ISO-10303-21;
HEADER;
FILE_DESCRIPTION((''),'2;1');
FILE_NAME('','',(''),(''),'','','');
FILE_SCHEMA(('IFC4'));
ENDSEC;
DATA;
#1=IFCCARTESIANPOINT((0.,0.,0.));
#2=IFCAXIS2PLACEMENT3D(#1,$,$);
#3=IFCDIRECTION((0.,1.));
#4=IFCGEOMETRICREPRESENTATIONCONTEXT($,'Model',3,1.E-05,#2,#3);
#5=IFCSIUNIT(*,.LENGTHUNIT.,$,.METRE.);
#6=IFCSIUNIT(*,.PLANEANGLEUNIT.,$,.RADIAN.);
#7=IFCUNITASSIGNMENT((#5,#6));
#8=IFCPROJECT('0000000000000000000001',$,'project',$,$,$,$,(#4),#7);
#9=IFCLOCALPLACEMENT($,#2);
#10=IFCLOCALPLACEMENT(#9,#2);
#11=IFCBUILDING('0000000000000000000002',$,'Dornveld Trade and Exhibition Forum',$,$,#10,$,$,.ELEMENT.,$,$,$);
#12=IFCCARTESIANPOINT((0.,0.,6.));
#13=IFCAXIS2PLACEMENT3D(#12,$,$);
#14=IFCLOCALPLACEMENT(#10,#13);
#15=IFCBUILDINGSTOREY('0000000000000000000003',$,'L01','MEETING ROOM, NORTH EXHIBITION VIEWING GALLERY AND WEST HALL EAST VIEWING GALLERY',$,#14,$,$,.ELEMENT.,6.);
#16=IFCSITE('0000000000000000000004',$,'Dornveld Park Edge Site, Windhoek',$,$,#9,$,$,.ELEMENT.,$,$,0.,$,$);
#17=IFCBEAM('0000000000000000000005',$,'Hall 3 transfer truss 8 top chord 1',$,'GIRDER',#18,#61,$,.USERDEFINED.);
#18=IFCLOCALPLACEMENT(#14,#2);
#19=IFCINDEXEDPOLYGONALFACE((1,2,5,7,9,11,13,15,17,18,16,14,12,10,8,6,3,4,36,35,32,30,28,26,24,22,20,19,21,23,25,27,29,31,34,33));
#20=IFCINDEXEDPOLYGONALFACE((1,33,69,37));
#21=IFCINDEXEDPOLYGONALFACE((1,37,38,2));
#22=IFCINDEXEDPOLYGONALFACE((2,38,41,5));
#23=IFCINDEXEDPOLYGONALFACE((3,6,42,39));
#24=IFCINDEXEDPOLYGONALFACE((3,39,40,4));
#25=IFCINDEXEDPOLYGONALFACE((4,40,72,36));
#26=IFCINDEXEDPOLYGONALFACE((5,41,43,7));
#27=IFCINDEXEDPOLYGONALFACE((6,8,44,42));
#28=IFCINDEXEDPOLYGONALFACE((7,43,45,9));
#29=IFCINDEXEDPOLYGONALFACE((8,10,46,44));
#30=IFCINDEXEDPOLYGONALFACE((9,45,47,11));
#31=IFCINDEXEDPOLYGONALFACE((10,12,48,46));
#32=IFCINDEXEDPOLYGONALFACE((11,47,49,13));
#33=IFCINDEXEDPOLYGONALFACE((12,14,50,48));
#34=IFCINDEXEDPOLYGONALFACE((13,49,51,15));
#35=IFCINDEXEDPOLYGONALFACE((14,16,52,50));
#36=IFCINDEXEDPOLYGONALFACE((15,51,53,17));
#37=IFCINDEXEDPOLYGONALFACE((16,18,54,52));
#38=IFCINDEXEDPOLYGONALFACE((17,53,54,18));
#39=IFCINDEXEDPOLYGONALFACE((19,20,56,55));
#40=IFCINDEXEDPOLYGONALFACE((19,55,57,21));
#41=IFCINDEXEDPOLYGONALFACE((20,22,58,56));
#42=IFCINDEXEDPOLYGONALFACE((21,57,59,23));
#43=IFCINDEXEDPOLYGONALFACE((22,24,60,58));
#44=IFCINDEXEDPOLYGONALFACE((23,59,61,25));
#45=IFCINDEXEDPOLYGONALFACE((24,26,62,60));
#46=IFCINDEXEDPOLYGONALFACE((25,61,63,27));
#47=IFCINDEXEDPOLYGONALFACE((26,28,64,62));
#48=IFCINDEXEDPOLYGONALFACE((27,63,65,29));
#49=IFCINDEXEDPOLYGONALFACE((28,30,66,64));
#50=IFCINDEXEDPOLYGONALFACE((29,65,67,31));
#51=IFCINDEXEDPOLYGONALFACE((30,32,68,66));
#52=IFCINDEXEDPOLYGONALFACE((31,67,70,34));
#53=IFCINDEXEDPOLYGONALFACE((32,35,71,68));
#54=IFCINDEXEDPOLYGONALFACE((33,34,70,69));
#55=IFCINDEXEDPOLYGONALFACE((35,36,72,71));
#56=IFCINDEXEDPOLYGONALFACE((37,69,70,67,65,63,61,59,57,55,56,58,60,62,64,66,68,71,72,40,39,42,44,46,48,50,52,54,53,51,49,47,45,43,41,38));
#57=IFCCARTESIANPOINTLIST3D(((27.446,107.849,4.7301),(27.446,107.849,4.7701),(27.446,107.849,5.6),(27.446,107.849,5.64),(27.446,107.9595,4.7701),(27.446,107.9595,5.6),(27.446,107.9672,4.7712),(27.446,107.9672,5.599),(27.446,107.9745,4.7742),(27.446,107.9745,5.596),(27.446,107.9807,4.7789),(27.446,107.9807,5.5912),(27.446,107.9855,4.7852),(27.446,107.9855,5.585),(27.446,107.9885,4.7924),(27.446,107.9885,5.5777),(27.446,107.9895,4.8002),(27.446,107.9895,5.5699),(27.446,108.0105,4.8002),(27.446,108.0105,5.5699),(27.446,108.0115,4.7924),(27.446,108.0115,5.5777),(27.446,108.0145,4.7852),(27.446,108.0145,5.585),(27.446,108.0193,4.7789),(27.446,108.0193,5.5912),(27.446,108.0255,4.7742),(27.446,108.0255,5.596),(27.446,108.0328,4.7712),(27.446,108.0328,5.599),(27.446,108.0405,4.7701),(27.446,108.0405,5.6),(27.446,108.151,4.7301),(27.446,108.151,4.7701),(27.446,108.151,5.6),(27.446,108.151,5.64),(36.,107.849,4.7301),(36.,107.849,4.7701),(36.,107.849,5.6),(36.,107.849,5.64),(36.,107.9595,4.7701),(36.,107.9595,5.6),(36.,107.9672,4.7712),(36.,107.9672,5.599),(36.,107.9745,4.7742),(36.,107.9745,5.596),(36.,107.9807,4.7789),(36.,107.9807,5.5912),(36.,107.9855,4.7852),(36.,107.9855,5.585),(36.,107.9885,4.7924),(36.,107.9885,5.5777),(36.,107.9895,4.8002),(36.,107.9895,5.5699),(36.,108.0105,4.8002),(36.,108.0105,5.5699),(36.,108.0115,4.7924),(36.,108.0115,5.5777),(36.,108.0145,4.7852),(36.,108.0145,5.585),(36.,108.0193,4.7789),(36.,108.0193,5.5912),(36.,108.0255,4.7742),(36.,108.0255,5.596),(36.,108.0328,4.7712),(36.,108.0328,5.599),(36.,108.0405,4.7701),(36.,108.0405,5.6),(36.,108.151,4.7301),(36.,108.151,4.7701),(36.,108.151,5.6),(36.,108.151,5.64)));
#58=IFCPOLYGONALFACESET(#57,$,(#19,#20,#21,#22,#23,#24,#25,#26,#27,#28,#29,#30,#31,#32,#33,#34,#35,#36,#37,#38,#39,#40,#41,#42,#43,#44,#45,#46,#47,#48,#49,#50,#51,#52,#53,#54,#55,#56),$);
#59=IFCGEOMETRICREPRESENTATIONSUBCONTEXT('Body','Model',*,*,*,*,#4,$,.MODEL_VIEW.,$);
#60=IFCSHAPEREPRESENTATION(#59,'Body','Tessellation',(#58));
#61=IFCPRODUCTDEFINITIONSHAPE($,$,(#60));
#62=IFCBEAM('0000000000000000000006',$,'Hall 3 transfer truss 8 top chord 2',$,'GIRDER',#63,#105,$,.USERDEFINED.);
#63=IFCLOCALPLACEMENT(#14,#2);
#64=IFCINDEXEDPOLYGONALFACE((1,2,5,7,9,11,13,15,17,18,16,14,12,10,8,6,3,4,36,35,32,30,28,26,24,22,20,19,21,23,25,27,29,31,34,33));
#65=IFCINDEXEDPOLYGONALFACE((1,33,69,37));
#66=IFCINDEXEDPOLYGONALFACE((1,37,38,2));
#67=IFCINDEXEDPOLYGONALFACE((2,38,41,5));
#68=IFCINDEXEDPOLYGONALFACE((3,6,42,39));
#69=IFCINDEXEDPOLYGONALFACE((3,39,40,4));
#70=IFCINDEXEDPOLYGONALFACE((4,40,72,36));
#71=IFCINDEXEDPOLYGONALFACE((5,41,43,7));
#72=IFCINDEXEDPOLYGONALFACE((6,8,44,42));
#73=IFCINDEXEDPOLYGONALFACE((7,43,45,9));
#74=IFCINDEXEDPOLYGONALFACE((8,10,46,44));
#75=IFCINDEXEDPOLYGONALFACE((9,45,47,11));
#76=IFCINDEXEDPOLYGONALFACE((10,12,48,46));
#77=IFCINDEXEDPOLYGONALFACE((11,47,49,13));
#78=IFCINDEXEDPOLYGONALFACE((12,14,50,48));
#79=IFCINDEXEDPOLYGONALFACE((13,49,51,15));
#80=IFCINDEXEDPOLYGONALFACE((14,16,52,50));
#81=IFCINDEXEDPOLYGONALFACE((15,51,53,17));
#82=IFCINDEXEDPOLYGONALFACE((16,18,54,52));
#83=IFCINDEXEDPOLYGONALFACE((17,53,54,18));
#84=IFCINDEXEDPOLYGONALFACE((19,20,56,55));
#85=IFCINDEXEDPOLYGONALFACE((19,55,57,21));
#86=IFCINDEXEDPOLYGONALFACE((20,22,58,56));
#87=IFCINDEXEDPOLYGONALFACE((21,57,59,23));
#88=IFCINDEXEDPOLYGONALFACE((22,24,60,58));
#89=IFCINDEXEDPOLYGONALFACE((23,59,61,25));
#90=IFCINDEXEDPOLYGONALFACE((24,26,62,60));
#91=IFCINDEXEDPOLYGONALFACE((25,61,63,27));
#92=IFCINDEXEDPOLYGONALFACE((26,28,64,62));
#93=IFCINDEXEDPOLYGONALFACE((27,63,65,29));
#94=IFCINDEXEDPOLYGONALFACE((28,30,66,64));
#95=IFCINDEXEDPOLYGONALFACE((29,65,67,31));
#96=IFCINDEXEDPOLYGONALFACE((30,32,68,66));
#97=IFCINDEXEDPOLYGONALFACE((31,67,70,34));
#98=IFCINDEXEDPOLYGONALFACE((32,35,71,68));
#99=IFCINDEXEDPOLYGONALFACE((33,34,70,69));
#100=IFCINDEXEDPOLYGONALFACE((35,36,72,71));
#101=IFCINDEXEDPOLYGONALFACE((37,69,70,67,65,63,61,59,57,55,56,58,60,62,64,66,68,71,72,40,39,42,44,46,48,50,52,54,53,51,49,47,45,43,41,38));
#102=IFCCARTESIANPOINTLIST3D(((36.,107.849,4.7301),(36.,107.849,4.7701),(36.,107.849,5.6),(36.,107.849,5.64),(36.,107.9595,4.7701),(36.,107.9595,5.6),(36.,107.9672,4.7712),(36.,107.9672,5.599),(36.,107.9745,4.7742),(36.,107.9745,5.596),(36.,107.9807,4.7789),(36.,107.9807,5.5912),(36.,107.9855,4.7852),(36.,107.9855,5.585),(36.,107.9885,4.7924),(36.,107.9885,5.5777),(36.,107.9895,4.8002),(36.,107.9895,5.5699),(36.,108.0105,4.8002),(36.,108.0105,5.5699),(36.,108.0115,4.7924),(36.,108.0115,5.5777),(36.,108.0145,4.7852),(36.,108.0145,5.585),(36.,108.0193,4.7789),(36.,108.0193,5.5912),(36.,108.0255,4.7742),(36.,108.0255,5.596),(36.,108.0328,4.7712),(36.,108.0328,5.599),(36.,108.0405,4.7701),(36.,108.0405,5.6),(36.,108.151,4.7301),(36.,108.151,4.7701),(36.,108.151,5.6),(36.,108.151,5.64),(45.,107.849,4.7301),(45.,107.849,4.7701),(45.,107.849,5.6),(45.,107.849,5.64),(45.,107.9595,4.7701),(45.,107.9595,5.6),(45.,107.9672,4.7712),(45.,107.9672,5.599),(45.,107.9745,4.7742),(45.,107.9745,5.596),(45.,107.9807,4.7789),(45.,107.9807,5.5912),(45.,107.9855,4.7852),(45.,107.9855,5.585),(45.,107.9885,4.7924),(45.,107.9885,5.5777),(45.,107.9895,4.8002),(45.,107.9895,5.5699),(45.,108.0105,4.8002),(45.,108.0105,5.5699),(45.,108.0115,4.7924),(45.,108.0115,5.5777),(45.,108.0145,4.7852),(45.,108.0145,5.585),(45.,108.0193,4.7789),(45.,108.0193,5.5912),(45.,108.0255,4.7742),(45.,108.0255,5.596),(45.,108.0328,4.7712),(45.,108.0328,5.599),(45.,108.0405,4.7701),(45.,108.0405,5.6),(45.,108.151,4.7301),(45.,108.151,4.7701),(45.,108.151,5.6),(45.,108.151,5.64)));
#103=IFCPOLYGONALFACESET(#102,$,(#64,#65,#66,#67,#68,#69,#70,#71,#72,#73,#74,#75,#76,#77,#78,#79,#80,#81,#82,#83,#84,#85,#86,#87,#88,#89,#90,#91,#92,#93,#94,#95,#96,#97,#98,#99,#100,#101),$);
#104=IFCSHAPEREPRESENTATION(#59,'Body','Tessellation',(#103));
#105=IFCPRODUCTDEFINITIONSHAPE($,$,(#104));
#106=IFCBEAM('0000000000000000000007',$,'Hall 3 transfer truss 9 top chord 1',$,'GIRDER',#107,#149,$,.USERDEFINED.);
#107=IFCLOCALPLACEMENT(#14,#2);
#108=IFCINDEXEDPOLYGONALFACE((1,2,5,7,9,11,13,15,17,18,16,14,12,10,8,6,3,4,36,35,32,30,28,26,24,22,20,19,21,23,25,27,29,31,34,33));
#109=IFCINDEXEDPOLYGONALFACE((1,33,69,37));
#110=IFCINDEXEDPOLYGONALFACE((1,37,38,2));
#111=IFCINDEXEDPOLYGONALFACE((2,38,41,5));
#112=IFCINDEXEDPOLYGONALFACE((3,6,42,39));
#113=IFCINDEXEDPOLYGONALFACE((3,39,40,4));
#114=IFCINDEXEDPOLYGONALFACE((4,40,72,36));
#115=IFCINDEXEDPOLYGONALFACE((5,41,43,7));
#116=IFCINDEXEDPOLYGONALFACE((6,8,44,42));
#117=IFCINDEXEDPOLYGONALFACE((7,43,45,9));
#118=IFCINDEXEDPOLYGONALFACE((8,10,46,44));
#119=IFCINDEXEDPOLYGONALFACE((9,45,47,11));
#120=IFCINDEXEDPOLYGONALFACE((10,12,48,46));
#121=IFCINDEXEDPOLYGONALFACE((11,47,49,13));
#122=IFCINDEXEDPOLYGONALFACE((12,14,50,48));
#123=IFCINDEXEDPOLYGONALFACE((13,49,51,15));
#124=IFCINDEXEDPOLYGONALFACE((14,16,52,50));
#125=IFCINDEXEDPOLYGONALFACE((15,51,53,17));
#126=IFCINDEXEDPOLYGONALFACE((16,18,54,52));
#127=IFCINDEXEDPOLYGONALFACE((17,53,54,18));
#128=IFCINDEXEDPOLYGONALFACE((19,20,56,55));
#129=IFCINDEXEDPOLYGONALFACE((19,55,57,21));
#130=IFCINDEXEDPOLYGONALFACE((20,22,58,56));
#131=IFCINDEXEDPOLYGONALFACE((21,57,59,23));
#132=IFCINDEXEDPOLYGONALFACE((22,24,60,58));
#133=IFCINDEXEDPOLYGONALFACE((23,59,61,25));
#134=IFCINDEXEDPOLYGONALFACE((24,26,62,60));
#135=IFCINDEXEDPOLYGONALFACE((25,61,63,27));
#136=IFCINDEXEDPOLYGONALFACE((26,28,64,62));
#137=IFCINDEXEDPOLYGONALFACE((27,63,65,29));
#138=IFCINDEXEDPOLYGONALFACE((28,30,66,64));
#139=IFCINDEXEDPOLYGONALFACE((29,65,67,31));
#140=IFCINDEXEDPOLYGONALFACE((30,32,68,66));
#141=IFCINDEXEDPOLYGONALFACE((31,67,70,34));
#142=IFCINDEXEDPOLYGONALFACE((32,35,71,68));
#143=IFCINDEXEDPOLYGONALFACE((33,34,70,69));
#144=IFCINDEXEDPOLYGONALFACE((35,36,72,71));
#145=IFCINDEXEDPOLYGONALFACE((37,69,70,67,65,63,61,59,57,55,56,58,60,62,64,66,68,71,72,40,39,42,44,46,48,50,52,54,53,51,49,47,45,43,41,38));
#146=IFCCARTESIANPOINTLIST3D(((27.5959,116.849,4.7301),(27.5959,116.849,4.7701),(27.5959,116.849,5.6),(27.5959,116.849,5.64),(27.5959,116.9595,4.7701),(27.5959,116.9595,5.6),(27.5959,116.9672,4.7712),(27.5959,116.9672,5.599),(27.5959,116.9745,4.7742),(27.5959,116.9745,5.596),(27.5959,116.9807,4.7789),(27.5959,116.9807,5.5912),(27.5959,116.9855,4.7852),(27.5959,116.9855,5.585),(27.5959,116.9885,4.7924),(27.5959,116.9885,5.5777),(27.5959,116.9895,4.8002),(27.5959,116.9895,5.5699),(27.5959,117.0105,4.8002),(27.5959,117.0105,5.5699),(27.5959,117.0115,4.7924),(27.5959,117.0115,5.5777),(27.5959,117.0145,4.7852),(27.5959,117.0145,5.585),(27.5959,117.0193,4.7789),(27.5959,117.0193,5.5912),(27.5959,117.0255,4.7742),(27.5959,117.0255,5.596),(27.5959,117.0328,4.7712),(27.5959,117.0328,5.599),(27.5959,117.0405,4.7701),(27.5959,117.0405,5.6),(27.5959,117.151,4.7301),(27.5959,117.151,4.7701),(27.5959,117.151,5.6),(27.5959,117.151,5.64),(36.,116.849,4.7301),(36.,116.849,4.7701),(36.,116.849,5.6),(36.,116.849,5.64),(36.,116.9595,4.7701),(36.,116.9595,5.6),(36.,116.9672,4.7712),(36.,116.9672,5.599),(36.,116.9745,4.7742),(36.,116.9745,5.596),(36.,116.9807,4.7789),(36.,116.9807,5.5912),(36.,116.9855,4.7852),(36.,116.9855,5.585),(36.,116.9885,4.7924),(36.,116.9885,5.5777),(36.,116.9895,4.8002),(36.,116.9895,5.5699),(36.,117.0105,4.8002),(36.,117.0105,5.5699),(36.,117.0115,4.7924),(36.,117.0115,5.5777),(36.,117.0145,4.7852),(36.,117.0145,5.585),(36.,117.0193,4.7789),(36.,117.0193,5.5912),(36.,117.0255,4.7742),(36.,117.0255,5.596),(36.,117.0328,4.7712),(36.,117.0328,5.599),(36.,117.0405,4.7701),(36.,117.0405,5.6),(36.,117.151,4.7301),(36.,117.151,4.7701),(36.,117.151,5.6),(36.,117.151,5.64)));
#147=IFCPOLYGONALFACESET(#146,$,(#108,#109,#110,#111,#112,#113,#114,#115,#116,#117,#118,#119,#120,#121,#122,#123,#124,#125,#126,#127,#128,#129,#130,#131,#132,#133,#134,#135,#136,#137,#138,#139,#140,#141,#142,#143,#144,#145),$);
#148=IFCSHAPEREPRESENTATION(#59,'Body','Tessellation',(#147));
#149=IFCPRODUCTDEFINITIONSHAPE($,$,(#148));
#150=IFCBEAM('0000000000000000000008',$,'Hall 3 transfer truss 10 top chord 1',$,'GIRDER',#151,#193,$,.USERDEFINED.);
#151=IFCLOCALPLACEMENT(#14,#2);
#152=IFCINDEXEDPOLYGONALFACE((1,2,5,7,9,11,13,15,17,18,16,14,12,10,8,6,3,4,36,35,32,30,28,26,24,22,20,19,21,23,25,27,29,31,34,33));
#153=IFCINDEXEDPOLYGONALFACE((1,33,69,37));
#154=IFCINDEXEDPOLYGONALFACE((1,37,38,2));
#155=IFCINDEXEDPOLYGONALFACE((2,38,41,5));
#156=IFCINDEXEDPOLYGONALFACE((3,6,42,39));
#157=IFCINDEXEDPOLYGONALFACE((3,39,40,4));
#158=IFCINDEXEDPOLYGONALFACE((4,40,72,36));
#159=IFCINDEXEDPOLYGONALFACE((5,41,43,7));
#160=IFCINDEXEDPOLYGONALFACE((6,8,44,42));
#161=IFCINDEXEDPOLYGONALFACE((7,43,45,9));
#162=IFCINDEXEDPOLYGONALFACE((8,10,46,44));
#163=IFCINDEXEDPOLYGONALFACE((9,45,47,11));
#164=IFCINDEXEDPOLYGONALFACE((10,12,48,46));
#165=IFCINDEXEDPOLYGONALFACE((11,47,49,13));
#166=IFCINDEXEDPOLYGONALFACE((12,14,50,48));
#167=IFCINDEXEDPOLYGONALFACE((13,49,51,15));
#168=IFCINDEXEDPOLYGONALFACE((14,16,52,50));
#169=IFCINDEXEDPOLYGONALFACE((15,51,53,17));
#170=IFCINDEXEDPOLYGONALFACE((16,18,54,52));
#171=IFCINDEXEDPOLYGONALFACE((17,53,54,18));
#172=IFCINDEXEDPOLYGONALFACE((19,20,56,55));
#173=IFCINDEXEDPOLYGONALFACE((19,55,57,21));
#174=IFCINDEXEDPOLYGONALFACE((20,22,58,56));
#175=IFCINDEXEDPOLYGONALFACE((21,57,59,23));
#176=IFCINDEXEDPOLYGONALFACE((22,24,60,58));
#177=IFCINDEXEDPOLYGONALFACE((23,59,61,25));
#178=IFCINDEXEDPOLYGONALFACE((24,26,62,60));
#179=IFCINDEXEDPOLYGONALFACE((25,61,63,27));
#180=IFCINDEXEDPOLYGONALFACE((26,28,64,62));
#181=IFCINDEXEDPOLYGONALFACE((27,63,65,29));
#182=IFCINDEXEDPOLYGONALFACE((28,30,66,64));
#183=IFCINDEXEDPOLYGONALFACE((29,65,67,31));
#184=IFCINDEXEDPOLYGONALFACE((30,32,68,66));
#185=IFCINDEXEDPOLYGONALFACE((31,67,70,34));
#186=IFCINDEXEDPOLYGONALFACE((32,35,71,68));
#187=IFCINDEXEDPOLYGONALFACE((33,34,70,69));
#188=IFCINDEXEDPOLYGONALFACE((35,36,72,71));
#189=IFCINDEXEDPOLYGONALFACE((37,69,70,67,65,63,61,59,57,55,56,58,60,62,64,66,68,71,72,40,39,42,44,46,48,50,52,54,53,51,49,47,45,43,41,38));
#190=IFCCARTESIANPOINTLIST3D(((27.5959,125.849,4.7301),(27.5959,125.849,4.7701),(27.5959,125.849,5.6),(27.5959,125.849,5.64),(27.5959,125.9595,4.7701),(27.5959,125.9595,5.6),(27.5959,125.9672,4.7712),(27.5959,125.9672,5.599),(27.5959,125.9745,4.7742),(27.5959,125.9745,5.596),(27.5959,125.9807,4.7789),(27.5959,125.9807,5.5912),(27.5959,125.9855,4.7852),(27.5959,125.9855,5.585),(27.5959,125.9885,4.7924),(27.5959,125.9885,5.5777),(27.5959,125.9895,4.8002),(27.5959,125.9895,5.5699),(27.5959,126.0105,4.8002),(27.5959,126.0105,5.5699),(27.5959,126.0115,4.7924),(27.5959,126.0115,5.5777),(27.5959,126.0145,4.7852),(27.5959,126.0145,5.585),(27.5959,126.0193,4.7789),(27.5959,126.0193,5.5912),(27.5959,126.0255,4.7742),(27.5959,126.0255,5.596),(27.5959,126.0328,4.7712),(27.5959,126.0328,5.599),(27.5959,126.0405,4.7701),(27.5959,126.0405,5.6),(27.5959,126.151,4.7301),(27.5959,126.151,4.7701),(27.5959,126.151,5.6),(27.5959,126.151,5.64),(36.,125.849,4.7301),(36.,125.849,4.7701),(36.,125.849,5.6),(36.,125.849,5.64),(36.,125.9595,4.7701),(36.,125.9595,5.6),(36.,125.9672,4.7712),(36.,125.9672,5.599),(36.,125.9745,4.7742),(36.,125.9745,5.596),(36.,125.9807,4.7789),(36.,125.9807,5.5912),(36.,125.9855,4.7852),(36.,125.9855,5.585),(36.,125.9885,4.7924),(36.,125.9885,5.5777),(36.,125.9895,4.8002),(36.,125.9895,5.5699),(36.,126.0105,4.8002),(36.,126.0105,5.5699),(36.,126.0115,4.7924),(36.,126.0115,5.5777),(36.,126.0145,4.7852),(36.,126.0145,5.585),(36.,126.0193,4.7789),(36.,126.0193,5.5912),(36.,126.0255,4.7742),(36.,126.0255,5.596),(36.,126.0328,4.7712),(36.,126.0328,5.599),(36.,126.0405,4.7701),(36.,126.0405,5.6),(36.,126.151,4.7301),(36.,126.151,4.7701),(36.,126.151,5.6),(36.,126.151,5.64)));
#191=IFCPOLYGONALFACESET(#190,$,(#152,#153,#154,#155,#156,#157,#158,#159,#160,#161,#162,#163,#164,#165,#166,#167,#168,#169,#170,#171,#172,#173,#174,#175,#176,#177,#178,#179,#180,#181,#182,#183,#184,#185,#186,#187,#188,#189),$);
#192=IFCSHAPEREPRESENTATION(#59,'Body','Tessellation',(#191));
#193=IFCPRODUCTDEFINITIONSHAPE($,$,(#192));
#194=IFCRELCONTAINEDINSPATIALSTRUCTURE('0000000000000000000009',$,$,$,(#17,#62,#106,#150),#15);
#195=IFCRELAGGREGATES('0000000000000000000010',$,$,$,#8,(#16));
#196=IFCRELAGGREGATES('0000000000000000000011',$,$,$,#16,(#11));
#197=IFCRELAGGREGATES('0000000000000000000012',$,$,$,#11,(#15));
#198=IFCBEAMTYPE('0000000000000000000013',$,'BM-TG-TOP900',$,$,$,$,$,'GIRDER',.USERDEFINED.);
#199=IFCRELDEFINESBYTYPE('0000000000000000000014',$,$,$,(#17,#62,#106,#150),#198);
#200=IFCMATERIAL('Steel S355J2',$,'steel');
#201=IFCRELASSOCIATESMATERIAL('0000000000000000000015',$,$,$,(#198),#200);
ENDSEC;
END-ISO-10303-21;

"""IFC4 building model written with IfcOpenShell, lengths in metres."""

from ifc_helpers import new_model, si_unit, direction, frame, origin, origin_2d, place, context, subcontext, project, spatial, i_section, extrude, material, material_profile, profile_set, type_object, element, save


model = new_model("IFC4")

# Units and contexts
model_context = context("Model", 3, precision=1e-05, world=origin(), true_north=direction((0.0, 1.0)))
body_context = subcontext(model_context, "Body", "Model", "MODEL_VIEW")
ifc_project = project(units=[si_unit("LENGTHUNIT", "METRE"), si_unit("PLANEANGLEUNIT", "RADIAN")], contexts=[model_context])

# Site, building, storey
site_placement = place(None, origin())
site = spatial("IfcSite", under=ifc_project, at=site_placement, Name="Dornveld Park Edge Site, Windhoek", CompositionType="ELEMENT", RefElevation=0.0)
building_placement = place(site_placement, origin())
building = spatial("IfcBuilding", under=site, at=building_placement, Name="Dornveld Trade and Exhibition Forum", CompositionType="ELEMENT")
storey_placement = place(building_placement, frame((0.0, 0.0, 6.0)))
storey = spatial("IfcBuildingStorey", under=building, at=storey_placement, Name="L01", Description="MEETING ROOM, NORTH EXHIBITION VIEWING GALLERY AND WEST HALL EAST VIEWING GALLERY", CompositionType="ELEMENT", Elevation=6.0)

# Beams
ifc_material_1 = material(Name="Steel S355J2", Category="steel")
ifc_material_profile_1 = material_profile(ifc_material_1, i_section(OverallWidth=0.302, OverallDepth=0.9099, WebThickness=0.021, FlangeThickness=0.04, FilletRadius=0.03, at=origin_2d()), Name="HEM 900")
ifc_profile_set_1 = profile_set([ifc_material_profile_1], Name="Steel S355J2")
beam_type_1 = type_object("IfcBeamType", Name="BM-TG-TOP900", ElementType="GIRDER", PredefinedType="USERDEFINED", material=ifc_profile_set_1)
beam_1_placement = place(storey_placement, frame((27.446, 108.0, 5.1851), z_axis=(1.0, 0.0, 0.0), x_axis=(0.0, 1.0, 0.0)))
element("IfcBeam", 1, at=beam_1_placement, inside=storey, type_object=beam_type_1, Name="Hall 3 transfer truss 8 top chord 1", ObjectType="GIRDER", PredefinedType="USERDEFINED", context=body_context, shape_type="SweptSolid", body=[
    extrude(i_section(OverallWidth=0.302, OverallDepth=0.9099, WebThickness=0.021, FlangeThickness=0.04, FilletRadius=0.03, at=origin_2d()), origin(), (0.0, 0.0, 1.0), 8.554),
])
beam_2_placement = place(storey_placement, frame((36.0, 108.0, 5.1851), z_axis=(1.0, 0.0, 0.0), x_axis=(0.0, 1.0, 0.0)))
element("IfcBeam", 2, at=beam_2_placement, inside=storey, type_object=beam_type_1, Name="Hall 3 transfer truss 8 top chord 2", ObjectType="GIRDER", PredefinedType="USERDEFINED", context=body_context, shape_type="SweptSolid", body=[
    extrude(i_section(OverallWidth=0.302, OverallDepth=0.9099, WebThickness=0.021, FlangeThickness=0.04, FilletRadius=0.03, at=origin_2d()), origin(), (0.0, 0.0, 1.0), 9.0),
])
for number, where, z_axis, x_axis, name in (
    (3, (27.5959, 117.0, 5.1851), (1.0, 0.0, 0.0), (0.0, 1.0, 0.0), "Hall 3 transfer truss 9 top chord 1"),
    (4, (27.5959, 126.0, 5.1851), (1.0, 0.0, 0.0), (0.0, 1.0, 0.0), "Hall 3 transfer truss 10 top chord 1"),
):
    element("IfcBeam", number, at=place(storey_placement, frame(where, z_axis=z_axis, x_axis=x_axis)), inside=storey, type_object=beam_type_1, Name=name, ObjectType="GIRDER", PredefinedType="USERDEFINED", context=body_context, shape_type="SweptSolid", body=[
        extrude(i_section(OverallWidth=0.302, OverallDepth=0.9099, WebThickness=0.021, FlangeThickness=0.04, FilletRadius=0.03, at=origin_2d()), origin(), (0.0, 0.0, 1.0), 8.4041),
    ])

save(model, "model.ifc")
